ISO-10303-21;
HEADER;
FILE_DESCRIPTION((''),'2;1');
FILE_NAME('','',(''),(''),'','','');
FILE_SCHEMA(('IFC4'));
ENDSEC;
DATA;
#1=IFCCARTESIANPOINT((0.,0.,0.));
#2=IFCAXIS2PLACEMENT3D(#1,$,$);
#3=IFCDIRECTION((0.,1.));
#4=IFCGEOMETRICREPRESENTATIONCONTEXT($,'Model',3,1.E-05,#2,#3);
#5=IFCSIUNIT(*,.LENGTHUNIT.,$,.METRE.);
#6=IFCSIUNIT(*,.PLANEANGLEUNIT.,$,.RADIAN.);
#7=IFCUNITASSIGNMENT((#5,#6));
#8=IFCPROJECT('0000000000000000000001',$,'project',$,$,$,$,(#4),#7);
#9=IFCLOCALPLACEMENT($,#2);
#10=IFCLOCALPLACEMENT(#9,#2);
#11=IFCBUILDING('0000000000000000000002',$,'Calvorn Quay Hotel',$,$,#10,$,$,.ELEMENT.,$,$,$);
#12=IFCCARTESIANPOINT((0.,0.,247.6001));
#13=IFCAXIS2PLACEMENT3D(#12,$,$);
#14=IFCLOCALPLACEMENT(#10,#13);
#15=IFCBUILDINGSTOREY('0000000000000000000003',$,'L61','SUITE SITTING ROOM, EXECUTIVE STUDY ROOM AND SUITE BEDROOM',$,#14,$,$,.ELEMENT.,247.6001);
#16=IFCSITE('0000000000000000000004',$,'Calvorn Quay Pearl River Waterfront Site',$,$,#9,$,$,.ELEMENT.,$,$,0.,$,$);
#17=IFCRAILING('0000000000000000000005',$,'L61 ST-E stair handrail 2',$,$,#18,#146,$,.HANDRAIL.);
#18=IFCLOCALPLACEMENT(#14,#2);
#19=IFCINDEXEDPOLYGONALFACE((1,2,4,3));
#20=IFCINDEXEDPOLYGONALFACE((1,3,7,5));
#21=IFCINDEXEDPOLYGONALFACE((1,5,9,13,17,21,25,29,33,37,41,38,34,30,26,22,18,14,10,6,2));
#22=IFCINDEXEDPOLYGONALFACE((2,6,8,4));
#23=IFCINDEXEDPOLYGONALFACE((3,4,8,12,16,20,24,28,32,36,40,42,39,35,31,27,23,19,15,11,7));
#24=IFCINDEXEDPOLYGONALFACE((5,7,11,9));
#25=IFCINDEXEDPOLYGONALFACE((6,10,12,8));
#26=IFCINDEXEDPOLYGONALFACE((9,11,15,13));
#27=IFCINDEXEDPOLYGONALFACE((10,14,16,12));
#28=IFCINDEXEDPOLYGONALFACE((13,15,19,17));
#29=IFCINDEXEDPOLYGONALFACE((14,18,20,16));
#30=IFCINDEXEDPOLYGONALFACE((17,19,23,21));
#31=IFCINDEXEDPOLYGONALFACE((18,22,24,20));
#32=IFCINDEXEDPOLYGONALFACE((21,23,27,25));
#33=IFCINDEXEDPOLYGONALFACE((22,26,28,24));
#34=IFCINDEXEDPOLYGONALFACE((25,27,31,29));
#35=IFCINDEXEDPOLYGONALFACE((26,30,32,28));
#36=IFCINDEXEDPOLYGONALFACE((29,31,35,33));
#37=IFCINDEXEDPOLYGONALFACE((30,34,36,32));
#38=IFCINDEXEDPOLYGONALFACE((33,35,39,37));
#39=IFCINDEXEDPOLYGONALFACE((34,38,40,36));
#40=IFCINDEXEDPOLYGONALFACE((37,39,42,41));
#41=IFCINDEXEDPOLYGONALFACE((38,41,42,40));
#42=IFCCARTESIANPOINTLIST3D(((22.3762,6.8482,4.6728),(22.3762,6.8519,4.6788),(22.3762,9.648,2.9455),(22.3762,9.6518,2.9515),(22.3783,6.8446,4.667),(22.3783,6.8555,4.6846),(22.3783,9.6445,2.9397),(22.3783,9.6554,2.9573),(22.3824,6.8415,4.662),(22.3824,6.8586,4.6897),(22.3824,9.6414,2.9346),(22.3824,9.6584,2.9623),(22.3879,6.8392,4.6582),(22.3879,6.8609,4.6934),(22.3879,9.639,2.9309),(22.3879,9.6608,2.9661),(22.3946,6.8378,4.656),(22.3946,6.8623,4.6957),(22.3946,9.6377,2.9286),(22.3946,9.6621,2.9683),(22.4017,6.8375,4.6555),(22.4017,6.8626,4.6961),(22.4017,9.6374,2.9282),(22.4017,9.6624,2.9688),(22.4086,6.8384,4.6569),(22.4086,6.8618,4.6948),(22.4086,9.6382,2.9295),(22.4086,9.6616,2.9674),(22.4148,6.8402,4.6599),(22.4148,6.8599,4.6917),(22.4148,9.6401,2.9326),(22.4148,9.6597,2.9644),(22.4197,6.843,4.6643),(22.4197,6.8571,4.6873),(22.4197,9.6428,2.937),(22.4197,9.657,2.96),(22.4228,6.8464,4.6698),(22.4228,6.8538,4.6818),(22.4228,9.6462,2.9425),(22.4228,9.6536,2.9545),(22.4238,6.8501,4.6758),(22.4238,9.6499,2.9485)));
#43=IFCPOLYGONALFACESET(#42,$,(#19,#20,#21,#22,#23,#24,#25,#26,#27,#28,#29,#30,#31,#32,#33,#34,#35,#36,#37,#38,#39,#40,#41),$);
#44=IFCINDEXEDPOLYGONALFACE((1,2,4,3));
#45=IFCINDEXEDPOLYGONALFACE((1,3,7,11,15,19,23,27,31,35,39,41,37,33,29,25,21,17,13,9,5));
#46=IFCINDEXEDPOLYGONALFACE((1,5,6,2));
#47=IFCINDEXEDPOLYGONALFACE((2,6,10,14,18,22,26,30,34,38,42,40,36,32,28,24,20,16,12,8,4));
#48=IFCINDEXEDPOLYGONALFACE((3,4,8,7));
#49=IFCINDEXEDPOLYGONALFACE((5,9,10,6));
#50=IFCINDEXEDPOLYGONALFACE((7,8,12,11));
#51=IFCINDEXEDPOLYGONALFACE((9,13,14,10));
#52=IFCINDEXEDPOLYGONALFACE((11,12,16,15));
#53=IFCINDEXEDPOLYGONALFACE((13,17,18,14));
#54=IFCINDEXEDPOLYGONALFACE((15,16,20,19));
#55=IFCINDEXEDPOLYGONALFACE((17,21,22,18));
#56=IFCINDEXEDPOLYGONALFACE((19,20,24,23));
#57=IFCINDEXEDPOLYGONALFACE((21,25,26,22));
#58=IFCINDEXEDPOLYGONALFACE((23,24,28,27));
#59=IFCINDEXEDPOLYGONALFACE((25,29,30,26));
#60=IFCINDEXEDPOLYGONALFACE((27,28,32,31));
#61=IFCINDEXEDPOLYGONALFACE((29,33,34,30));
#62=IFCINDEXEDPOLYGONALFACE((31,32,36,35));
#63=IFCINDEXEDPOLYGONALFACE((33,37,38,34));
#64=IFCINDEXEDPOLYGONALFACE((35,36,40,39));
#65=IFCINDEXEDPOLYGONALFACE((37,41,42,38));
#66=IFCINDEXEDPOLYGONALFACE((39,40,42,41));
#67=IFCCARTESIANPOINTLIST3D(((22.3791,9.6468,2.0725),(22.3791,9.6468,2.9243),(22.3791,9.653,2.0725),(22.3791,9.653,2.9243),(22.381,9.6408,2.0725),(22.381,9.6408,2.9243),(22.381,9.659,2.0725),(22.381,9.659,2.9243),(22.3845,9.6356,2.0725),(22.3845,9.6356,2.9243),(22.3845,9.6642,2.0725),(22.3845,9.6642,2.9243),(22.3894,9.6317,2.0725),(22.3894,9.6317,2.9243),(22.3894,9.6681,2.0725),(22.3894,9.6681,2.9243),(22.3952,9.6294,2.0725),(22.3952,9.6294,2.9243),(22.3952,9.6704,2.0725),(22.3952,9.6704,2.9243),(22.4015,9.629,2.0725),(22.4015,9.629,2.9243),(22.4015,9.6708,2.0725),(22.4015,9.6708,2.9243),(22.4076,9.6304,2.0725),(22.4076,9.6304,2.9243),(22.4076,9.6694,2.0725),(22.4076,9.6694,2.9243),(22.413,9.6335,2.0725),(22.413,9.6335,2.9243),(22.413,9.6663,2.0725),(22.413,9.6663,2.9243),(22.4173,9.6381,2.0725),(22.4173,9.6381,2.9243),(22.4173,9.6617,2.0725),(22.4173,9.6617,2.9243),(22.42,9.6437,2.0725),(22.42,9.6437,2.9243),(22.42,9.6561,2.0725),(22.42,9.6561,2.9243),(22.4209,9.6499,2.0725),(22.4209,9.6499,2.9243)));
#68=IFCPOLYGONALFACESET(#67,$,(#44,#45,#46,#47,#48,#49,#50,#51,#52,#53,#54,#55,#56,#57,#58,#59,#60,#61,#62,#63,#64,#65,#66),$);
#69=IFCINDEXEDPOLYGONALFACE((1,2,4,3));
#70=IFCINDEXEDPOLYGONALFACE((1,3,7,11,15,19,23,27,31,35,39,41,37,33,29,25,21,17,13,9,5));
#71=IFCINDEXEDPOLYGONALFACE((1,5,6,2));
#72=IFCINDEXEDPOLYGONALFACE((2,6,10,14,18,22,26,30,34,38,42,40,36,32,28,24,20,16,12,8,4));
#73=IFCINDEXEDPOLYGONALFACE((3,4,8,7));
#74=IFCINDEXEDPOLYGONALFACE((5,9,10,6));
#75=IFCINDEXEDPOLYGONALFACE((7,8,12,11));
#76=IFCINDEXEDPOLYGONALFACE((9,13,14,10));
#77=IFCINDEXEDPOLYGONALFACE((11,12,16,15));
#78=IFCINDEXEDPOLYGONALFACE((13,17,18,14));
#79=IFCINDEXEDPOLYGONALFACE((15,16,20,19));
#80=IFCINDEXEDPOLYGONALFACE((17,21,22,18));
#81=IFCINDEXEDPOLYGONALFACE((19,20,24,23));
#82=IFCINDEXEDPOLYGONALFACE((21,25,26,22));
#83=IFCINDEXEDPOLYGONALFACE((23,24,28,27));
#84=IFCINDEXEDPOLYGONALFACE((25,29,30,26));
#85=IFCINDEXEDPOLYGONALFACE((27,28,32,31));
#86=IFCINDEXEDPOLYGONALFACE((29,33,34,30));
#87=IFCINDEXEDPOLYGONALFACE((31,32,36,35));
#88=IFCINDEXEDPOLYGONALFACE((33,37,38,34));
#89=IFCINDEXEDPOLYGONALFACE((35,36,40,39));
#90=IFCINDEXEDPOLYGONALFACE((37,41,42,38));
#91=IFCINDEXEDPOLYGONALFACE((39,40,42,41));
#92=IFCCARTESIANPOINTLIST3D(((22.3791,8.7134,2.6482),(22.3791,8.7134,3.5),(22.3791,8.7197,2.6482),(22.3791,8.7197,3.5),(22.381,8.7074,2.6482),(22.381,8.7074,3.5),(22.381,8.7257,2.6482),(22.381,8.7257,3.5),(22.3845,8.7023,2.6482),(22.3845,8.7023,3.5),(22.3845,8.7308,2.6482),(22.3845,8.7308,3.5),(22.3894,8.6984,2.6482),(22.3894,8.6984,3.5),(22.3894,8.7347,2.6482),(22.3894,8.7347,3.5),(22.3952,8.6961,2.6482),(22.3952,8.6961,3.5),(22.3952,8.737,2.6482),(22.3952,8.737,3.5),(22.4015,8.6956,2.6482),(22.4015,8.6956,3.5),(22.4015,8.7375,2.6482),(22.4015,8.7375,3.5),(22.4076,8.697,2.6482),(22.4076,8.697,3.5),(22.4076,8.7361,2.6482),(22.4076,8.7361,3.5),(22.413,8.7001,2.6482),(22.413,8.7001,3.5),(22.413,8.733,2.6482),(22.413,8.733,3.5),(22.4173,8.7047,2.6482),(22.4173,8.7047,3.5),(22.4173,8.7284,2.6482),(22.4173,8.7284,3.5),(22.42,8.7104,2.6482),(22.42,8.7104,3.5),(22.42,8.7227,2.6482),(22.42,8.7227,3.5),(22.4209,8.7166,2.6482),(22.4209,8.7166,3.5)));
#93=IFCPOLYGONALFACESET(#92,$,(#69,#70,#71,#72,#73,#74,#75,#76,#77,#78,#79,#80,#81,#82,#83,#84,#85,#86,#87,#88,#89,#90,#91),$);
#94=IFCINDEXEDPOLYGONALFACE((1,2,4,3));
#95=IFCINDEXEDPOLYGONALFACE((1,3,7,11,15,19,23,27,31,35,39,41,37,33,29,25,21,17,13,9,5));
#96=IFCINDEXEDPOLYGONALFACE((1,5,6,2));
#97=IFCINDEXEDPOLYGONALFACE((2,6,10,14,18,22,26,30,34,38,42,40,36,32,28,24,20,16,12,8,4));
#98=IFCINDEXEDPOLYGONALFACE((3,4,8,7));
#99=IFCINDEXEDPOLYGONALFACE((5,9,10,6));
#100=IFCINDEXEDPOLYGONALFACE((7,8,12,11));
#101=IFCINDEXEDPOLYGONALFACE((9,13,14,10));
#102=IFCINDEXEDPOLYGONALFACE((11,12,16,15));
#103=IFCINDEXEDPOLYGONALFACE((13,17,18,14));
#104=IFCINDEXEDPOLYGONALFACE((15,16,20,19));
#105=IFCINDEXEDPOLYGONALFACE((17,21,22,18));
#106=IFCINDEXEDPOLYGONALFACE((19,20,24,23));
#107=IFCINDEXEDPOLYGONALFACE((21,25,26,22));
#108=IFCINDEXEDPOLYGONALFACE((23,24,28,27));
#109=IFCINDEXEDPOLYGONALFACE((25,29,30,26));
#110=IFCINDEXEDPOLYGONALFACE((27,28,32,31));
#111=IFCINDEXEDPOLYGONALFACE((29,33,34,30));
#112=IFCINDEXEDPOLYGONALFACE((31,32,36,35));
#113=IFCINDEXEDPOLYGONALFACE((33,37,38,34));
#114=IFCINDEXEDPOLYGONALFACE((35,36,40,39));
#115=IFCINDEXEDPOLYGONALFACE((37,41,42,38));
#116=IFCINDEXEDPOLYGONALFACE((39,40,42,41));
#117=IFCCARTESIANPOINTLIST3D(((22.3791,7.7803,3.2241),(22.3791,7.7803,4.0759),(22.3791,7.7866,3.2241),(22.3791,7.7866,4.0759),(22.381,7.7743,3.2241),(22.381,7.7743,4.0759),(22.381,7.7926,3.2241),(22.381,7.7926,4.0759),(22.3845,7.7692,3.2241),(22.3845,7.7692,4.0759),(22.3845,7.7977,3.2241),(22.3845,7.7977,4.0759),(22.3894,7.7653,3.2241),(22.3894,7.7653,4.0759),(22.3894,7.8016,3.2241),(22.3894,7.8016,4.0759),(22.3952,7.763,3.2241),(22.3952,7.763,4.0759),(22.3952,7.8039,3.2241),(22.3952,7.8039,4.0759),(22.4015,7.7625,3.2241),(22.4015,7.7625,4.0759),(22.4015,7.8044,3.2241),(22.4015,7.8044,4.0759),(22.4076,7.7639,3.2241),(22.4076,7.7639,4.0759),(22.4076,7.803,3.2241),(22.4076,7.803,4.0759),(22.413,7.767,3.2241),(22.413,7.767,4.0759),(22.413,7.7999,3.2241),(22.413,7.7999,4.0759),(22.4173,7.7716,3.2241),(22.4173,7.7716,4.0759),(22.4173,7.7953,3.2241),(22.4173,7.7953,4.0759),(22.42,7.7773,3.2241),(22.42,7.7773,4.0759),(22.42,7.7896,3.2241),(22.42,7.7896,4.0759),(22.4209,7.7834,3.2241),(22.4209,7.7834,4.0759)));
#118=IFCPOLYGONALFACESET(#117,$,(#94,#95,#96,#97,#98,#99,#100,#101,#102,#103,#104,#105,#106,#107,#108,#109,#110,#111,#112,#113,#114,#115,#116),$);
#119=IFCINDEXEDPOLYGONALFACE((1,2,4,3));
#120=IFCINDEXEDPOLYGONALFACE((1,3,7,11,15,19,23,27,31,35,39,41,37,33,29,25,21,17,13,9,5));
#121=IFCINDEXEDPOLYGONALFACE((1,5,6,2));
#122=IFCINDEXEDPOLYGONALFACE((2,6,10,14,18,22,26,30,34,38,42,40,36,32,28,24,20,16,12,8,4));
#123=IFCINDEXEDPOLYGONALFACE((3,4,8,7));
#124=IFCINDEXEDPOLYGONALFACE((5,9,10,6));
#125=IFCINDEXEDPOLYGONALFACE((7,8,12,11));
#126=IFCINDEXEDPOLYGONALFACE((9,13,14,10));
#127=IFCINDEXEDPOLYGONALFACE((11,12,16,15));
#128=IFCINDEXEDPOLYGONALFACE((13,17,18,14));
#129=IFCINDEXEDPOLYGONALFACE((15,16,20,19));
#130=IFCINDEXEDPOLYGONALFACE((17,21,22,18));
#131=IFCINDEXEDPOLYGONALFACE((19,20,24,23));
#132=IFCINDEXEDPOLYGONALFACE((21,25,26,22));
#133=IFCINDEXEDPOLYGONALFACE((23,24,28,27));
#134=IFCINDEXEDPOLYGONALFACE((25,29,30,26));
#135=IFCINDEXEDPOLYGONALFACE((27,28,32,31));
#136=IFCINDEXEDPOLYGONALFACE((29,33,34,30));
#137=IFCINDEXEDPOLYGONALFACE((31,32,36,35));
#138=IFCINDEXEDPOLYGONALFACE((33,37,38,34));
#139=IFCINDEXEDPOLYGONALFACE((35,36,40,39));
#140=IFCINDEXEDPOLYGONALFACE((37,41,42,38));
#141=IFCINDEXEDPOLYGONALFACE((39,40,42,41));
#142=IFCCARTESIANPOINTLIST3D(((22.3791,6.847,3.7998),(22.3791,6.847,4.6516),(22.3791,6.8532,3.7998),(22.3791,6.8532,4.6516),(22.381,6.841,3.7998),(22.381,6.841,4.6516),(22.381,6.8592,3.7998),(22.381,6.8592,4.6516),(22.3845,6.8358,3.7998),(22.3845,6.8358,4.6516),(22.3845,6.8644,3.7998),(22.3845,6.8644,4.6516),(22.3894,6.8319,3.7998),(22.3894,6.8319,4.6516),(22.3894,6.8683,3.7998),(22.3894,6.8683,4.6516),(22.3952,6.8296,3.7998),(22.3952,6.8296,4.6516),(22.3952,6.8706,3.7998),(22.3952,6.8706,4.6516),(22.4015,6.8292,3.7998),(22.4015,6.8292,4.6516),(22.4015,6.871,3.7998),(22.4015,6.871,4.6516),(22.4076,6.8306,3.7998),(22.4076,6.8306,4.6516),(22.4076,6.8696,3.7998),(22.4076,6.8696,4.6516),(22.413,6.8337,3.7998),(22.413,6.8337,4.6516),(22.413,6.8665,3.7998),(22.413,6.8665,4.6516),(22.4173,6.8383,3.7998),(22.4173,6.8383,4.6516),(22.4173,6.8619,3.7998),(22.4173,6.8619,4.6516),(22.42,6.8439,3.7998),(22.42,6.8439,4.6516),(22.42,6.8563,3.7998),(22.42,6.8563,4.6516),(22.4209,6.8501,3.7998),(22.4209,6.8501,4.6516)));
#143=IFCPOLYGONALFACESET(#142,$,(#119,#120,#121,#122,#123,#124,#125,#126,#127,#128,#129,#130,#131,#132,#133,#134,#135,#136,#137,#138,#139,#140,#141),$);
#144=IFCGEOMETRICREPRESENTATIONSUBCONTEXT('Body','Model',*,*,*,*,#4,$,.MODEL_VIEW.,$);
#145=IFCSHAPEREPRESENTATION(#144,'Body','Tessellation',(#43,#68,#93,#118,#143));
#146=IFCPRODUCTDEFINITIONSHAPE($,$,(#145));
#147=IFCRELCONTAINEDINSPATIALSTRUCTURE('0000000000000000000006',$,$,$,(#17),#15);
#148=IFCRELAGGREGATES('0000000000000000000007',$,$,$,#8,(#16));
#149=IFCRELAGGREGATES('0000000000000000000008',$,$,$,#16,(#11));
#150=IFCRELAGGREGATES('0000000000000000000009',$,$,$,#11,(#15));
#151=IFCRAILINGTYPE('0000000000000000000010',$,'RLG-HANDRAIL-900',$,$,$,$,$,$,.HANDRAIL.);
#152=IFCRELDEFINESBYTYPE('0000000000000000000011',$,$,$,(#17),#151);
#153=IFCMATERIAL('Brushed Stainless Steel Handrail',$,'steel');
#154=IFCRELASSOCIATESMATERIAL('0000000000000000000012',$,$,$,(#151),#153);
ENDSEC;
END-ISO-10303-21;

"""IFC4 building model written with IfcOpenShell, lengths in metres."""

from ifc_helpers import new_model, si_unit, direction, frame, origin, origin_2d, place, context, subcontext, project, spatial, circle, extrude, material, type_object, element, save


model = new_model("IFC4")

# Units and contexts
model_context = context("Model", 3, precision=1e-05, world=origin(), true_north=direction((0.0, 1.0)))
body_context = subcontext(model_context, "Body", "Model", "MODEL_VIEW")
ifc_project = project(units=[si_unit("LENGTHUNIT", "METRE"), si_unit("PLANEANGLEUNIT", "RADIAN")], contexts=[model_context])

# Site, building, storey
site_placement = place(None, origin())
site = spatial("IfcSite", under=ifc_project, at=site_placement, Name="Calvorn Quay Pearl River Waterfront Site", CompositionType="ELEMENT", RefElevation=0.0)
building_placement = place(site_placement, origin())
building = spatial("IfcBuilding", under=site, at=building_placement, Name="Calvorn Quay Hotel", CompositionType="ELEMENT")
storey_placement = place(building_placement, frame((0.0, 0.0, 247.6001)))
storey = spatial("IfcBuildingStorey", under=building, at=storey_placement, Name="L61", Description="SUITE SITTING ROOM, EXECUTIVE STUDY ROOM AND SUITE BEDROOM", CompositionType="ELEMENT", Elevation=247.6001)

# Railing
ifc_material_1 = material(Name="Brushed Stainless Steel Handrail", Category="steel")
railing_type_1 = type_object("IfcRailingType", Name="RLG-HANDRAIL-900", PredefinedType="HANDRAIL", material=ifc_material_1)
railing_1_placement = place(storey_placement, frame((22.3999, 9.6499, 2.0725)))
element("IfcRailing", 1, at=railing_1_placement, inside=storey, type_object=railing_type_1, Name="L61 ST-E stair handrail 2", PredefinedType="HANDRAIL", context=body_context, shape_type="SweptSolid", body=[
    extrude(circle(Radius=0.0239, at=origin_2d()), frame((0.0, 0.0, 0.876), z_axis=(0.0, -0.851069, 0.525054), x_axis=(1.0, 0.0, 0.0)), (0.0, 0.0, 1.0), 3.2898),
    extrude(circle(Radius=0.021, at=origin_2d()), origin(), (0.0, 0.0, 1.0), 0.8518),
    extrude(circle(Radius=0.021, at=origin_2d()), frame((0.0, -0.9333, 0.5757)), (0.0, 0.0, 1.0), 0.8518),
    extrude(circle(Radius=0.021, at=origin_2d()), frame((0.0, -1.8665, 1.1516)), (0.0, 0.0, 1.0), 0.8518),
    extrude(circle(Radius=0.021, at=origin_2d()), frame((0.0, -2.7998, 1.7273)), (0.0, 0.0, 1.0), 0.8518),
])

save(model, "model.ifc")
